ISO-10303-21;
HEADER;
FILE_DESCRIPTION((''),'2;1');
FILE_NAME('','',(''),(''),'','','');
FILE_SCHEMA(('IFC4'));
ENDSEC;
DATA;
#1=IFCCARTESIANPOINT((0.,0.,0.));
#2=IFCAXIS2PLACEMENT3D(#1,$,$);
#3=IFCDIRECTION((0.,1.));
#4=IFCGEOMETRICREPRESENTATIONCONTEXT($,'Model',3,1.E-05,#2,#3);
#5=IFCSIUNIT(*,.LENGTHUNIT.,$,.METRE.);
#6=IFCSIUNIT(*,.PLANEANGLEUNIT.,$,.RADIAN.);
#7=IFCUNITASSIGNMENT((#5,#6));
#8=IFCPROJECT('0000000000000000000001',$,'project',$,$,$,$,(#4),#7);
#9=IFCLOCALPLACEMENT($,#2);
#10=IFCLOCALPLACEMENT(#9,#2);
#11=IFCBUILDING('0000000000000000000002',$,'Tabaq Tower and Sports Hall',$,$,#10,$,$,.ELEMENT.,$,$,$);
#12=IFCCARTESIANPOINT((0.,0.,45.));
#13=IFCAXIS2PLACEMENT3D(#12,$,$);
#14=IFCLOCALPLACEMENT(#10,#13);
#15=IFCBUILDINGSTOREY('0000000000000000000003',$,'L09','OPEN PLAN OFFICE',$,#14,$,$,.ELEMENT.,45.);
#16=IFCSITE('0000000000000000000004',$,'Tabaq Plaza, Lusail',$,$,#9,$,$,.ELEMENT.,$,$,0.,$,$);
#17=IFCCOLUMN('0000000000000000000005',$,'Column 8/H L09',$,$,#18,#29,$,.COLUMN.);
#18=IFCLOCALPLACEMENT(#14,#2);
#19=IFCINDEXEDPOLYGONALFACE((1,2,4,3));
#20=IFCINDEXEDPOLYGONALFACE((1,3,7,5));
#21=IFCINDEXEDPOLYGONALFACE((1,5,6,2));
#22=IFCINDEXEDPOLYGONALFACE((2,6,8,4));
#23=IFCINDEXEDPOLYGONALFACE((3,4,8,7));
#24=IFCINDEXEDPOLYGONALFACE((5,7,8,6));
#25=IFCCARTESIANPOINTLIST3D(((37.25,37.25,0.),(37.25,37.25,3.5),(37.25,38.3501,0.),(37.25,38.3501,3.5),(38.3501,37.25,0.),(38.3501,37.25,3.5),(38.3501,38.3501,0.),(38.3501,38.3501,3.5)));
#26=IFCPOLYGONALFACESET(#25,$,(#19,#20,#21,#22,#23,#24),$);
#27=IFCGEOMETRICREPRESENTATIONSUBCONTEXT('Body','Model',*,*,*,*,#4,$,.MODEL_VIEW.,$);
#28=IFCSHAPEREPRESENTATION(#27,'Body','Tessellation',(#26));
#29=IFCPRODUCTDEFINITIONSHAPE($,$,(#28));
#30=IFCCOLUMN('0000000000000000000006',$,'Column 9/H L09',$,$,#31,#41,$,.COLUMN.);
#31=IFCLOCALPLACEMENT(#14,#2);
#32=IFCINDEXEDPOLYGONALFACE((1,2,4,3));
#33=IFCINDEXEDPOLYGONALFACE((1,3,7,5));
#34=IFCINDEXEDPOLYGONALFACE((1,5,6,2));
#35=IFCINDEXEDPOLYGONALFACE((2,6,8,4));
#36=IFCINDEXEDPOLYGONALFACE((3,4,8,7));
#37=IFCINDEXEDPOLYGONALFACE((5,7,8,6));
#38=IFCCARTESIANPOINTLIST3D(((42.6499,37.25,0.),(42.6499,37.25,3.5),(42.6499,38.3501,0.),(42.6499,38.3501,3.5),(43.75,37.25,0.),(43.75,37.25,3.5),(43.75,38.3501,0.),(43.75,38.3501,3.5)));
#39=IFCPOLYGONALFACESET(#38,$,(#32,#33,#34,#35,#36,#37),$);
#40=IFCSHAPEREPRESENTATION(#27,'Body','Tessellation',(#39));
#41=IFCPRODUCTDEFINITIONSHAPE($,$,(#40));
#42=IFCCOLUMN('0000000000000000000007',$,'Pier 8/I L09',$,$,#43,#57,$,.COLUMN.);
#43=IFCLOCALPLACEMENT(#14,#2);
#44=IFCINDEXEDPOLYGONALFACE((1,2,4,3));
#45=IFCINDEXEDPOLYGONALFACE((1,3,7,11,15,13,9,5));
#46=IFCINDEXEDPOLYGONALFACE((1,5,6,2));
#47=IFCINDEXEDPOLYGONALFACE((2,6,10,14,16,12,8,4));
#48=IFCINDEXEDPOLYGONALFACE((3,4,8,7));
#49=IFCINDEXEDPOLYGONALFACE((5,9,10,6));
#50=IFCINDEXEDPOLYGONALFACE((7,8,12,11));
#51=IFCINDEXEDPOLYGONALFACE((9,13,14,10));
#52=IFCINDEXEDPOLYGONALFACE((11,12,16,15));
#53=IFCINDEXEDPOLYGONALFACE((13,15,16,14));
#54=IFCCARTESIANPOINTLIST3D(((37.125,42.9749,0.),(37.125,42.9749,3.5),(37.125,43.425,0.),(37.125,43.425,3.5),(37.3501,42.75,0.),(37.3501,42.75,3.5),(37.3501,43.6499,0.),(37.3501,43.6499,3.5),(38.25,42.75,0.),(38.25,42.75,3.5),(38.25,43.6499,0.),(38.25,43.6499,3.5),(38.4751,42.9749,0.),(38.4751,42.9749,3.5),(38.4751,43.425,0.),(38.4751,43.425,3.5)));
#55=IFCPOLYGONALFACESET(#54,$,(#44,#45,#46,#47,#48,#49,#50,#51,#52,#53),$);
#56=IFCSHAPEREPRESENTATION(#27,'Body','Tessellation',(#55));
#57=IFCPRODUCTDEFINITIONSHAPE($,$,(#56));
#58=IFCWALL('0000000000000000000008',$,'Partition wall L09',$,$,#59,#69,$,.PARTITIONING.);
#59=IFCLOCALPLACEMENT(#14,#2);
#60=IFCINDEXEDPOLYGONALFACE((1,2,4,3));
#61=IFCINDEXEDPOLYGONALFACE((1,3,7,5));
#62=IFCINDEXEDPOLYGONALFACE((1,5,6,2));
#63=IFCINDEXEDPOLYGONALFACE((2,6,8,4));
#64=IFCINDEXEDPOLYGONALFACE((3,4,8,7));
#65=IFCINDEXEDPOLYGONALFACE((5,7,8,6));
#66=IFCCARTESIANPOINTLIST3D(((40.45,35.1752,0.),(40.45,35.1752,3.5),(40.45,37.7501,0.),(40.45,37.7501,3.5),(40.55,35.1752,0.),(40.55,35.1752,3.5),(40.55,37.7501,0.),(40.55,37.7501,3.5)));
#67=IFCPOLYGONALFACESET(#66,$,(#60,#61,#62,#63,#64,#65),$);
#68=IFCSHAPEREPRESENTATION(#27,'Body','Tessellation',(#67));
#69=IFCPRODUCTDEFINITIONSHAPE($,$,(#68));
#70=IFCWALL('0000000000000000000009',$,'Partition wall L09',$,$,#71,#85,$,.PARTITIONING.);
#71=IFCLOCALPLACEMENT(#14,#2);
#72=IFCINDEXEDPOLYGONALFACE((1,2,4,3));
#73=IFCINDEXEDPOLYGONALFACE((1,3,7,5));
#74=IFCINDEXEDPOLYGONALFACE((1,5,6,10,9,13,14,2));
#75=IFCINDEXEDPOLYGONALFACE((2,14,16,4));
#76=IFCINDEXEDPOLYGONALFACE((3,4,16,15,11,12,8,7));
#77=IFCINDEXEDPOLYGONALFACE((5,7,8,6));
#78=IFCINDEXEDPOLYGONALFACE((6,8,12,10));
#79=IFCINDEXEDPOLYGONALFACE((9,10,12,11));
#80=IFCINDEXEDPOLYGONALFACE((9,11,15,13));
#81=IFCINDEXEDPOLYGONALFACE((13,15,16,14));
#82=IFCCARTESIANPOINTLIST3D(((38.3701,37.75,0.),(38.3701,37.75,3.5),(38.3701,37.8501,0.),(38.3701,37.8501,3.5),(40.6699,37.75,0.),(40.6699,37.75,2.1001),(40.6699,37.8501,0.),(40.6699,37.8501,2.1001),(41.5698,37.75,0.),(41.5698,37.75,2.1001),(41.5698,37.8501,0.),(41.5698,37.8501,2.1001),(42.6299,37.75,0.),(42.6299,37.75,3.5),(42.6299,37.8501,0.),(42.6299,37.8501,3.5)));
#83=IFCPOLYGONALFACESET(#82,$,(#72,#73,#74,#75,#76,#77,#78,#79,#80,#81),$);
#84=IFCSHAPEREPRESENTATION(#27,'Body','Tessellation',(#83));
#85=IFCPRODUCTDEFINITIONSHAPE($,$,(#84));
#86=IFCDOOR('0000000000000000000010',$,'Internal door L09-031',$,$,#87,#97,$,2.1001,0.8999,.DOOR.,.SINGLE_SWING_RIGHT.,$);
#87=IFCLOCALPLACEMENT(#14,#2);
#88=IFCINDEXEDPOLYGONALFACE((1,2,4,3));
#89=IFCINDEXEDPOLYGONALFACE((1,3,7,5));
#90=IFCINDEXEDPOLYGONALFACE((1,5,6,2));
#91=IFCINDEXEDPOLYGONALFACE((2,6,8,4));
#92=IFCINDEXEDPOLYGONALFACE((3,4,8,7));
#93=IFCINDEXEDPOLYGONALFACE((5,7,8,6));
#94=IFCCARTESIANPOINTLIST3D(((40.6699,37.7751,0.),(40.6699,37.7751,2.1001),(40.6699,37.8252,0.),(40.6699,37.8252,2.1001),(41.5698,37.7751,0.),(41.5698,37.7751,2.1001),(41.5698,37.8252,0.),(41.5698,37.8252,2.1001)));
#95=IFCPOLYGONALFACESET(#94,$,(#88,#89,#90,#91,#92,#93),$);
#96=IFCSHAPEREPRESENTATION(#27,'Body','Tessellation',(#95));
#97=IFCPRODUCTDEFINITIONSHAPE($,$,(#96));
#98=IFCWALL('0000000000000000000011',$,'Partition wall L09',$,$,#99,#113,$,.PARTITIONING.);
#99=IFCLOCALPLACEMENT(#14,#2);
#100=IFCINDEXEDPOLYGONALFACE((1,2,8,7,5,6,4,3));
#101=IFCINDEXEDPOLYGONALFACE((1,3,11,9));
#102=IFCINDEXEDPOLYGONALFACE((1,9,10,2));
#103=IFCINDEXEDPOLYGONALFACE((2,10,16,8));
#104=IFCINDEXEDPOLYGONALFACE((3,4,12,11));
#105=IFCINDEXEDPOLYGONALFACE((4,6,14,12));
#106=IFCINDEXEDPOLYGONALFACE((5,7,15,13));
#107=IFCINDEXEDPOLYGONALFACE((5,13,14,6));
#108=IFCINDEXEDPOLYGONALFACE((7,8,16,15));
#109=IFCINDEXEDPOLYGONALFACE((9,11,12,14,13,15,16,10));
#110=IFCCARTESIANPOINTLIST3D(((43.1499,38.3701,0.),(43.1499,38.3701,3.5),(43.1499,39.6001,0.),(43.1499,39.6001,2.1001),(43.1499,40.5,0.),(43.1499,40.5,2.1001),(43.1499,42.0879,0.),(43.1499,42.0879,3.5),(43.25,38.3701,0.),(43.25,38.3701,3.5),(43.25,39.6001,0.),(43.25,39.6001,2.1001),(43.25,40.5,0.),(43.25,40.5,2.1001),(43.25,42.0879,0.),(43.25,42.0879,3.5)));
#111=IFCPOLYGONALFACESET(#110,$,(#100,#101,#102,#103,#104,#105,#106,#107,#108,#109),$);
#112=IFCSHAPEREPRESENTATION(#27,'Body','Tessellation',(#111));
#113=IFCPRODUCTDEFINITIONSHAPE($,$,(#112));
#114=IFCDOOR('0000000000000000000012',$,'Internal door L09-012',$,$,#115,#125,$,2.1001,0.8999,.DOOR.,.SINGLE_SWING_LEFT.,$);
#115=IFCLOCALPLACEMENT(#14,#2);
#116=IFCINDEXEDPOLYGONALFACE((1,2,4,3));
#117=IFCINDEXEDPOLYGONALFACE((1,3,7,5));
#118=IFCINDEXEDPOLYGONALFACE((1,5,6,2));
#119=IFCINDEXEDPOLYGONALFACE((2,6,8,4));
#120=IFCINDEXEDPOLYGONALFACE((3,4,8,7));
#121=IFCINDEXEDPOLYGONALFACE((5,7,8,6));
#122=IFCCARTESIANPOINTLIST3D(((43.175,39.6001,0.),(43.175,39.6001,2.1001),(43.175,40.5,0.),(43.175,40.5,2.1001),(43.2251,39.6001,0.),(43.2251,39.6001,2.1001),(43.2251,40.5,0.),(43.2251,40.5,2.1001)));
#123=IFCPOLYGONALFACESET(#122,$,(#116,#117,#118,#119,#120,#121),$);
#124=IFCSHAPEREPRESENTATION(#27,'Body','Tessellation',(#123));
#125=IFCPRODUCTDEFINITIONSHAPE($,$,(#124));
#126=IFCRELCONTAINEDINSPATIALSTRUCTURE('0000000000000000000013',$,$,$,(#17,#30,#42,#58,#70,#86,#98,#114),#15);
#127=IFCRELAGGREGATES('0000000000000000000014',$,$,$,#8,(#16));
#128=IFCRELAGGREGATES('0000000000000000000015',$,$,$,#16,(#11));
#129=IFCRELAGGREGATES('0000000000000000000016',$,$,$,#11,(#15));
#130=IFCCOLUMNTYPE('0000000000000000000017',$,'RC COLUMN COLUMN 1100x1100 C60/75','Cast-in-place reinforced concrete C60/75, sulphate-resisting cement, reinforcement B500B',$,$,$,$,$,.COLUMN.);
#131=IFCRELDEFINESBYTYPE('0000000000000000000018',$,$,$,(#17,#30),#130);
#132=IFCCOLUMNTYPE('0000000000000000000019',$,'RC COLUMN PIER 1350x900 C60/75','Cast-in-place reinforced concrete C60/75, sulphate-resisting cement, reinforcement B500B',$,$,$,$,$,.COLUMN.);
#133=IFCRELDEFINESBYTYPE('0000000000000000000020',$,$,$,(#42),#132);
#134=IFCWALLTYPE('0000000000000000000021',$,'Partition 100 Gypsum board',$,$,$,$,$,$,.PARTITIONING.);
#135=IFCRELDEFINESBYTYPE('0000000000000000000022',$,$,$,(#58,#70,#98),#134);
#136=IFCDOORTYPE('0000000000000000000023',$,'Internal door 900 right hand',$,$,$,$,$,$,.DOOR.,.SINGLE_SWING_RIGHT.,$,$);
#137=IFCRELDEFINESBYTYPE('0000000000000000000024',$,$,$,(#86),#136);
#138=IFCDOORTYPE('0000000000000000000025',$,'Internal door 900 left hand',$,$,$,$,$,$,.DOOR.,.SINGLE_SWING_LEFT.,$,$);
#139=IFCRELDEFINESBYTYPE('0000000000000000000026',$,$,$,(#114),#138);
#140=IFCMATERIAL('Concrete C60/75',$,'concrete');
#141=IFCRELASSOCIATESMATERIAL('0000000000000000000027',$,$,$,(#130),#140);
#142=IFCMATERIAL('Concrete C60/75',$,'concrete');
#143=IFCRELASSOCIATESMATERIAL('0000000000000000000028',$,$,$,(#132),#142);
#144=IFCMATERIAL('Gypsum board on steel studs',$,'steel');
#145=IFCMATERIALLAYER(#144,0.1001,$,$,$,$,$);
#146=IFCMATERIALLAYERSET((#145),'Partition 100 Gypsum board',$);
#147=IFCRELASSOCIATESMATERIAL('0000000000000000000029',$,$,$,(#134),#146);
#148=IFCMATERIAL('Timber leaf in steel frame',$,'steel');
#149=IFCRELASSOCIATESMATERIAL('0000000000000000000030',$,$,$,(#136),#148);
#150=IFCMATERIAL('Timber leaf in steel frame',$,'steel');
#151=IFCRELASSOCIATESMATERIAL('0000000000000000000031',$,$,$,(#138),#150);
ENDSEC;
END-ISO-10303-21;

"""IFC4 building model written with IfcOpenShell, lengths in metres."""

from ifc_helpers import new_model, si_unit, direction, frame, frame_2d, origin, origin_2d, place, context, subcontext, project, spatial, polyline, rectangle, outline, extrude, material, layer, layer_set, material_profile, profile_set, type_object, element, fill, save


model = new_model("IFC4")

# Units and contexts
model_context = context("Model", 3, precision=1e-05, world=origin(), true_north=direction((0.0, 1.0)))
body_context = subcontext(model_context, "Body", "Model", "MODEL_VIEW")
ifc_project = project(units=[si_unit("LENGTHUNIT", "METRE"), si_unit("PLANEANGLEUNIT", "RADIAN")], contexts=[model_context])

# Site, building, storey
site_placement = place(None, origin())
site = spatial("IfcSite", under=ifc_project, at=site_placement, Name="Tabaq Plaza, Lusail", CompositionType="ELEMENT", RefElevation=0.0)
building_placement = place(site_placement, origin())
building = spatial("IfcBuilding", under=site, at=building_placement, Name="Tabaq Tower and Sports Hall", CompositionType="ELEMENT")
storey_placement = place(building_placement, frame((0.0, 0.0, 45.0)))
storey = spatial("IfcBuildingStorey", under=building, at=storey_placement, Name="L09", Description="OPEN PLAN OFFICE", CompositionType="ELEMENT", Elevation=45.0)

# Columns
ifc_material_1 = material(Name="Concrete C60/75", Category="concrete")
ifc_material_profile_1 = material_profile(ifc_material_1, rectangle(XDim=1.1001, YDim=1.1001, at=origin_2d()), Name="COLUMN 1100x1100")
ifc_profile_set_1 = profile_set([ifc_material_profile_1], Name="Concrete C60/75")
column_type_1 = type_object("IfcColumnType", Name="RC COLUMN COLUMN 1100x1100 C60/75", Description="Cast-in-place reinforced concrete C60/75, sulphate-resisting cement, reinforcement B500B", PredefinedType="COLUMN", material=ifc_profile_set_1)
for number, where, z_axis, x_axis, name in (
    (1, (37.8, 37.8, 0.0), (0.0, 0.0, 1.0), (1.0, 0.0, 0.0), "Column 8/H L09"),
    (2, (43.2, 37.8, 0.0), (0.0, 0.0, 1.0), (1.0, 0.0, 0.0), "Column 9/H L09"),
):
    element("IfcColumn", number, at=place(storey_placement, frame(where, z_axis=z_axis, x_axis=x_axis)), inside=storey, type_object=column_type_1, Name=name, PredefinedType="COLUMN", context=body_context, shape_type="SweptSolid", body=[
        extrude(rectangle(XDim=1.1001, YDim=1.1001, at=origin_2d()), origin(), (0.0, 0.0, 1.0), 3.5),
    ])
ifc_material_2 = material(Name="Concrete C60/75", Category="concrete")
ifc_material_profile_2 = material_profile(ifc_material_2, outline(polyline([(-0.45, -0.45), (0.45, -0.45), (0.675, -0.2251), (0.675, 0.2251), (0.45, 0.45), (-0.45, 0.45), (-0.675, 0.2251), (-0.675, -0.2251), (-0.45, -0.45)])), Name="PIER 1350x900")
ifc_profile_set_2 = profile_set([ifc_material_profile_2], Name="Concrete C60/75")
column_type_2 = type_object("IfcColumnType", Name="RC COLUMN PIER 1350x900 C60/75", Description="Cast-in-place reinforced concrete C60/75, sulphate-resisting cement, reinforcement B500B", PredefinedType="COLUMN", material=ifc_profile_set_2)
column_placement = place(storey_placement, frame((37.8, 43.2, 0.0), z_axis=(0.0, 0.0, 1.0), x_axis=(1.0, 0.0, 0.0)))
element("IfcColumn", 3, at=column_placement, inside=storey, type_object=column_type_2, Name="Pier 8/I L09", PredefinedType="COLUMN", context=body_context, shape_type="SweptSolid", body=[
    extrude(outline(polyline([(-0.45, -0.45), (0.45, -0.45), (0.675, -0.2251), (0.675, 0.2251), (0.45, 0.45), (-0.45, 0.45), (-0.675, 0.2251), (-0.675, -0.2251), (-0.45, -0.45)])), origin(), (0.0, 0.0, 1.0), 3.5),
])

# Wall
ifc_material_3 = material(Name="Gypsum board on steel studs", Category="steel")
ifc_layer_1 = layer(ifc_material_3, 0.1001)
ifc_layer_set_1 = layer_set([ifc_layer_1], Name="Partition 100 Gypsum board")
wall_type_1 = type_object("IfcWallType", Name="Partition 100 Gypsum board", PredefinedType="PARTITIONING", material=ifc_layer_set_1)
wall_1_placement = place(storey_placement, frame((40.5, 35.175, 0.0), z_axis=(0.0, 0.0, 1.0), x_axis=(0.0, 1.0, 0.0)))
element("IfcWall", 4, at=wall_1_placement, inside=storey, type_object=wall_type_1, Name="Partition wall L09", PredefinedType="PARTITIONING", context=body_context, shape_type="SweptSolid", body=[
    extrude(rectangle(XDim=2.575, YDim=0.1001, at=frame_2d((1.2876, 0.0))), origin(), (0.0, 0.0, 1.0), 3.5),
])

# Walls, openings, doors
wall_2_placement = place(storey_placement, frame((42.6299, 37.8, 0.0), z_axis=(0.0, 0.0, 1.0), x_axis=(-1.0, 0.0, 0.0)))
wall_2 = element("IfcWall", 5, at=wall_2_placement, inside=storey, type_object=wall_type_1, Name="Partition wall L09", PredefinedType="PARTITIONING", context=body_context, shape_type="SweptSolid", body=[
    extrude(rectangle(XDim=4.2598, YDim=0.1001, at=frame_2d((2.1299, 0.0))), origin(), (0.0, 0.0, 1.0), 3.5),
])
opening_1_placement = place(wall_2_placement, frame((1.0601, 0.0, 0.0)))
opening_1 = element("IfcOpeningElement", 6, at=opening_1_placement, cuts=wall_2, PredefinedType="OPENING", context=body_context, shape_type="SweptSolid", body=[
    extrude(rectangle(XDim=0.8999, YDim=2.1001, at=frame_2d((0.45, 1.05))), frame((0.0, 0.05, 0.0), z_axis=(0.0, -1.0, 0.0), x_axis=(1.0, 0.0, 0.0)), (0.0, 0.0, 1.0), 0.1001),
])
ifc_material_4 = material(Name="Timber leaf in steel frame", Category="steel")
door_type_1 = type_object("IfcDoorType", Name="Internal door 900 right hand", OperationType="SINGLE_SWING_RIGHT", PredefinedType="DOOR", material=ifc_material_4)
door_1_placement = place(opening_1_placement, origin())
door_1 = element("IfcDoor", 7, at=door_1_placement, inside=storey, type_object=door_type_1, Name="Internal door L09-031", OperationType="SINGLE_SWING_RIGHT", OverallHeight=2.1001, OverallWidth=0.8999, PredefinedType="DOOR", context=body_context, shape_type="SweptSolid", body=[
    extrude(rectangle(XDim=0.8999, YDim=2.1001, at=frame_2d((0.45, 1.05))), frame((0.0, 0.0249, 0.0), z_axis=(0.0, -1.0, 0.0), x_axis=(1.0, 0.0, 0.0)), (0.0, 0.0, 1.0), 0.05),
])
fill(opening_1, door_1)
wall_3_placement = place(storey_placement, frame((43.2, 38.3701, 0.0), z_axis=(0.0, 0.0, 1.0), x_axis=(0.0, 1.0, 0.0)))
wall_3 = element("IfcWall", 8, at=wall_3_placement, inside=storey, type_object=wall_type_1, Name="Partition wall L09", PredefinedType="PARTITIONING", context=body_context, shape_type="SweptSolid", body=[
    extrude(rectangle(XDim=3.7178, YDim=0.1001, at=frame_2d((1.8589, 0.0))), origin(), (0.0, 0.0, 1.0), 3.5),
])
opening_2_placement = place(wall_3_placement, frame((1.23, 0.0, 0.0)))
opening_2 = element("IfcOpeningElement", 9, at=opening_2_placement, cuts=wall_3, PredefinedType="OPENING", context=body_context, shape_type="SweptSolid", body=[
    extrude(rectangle(XDim=0.8999, YDim=2.1001, at=frame_2d((0.45, 1.05))), frame((0.0, 0.05, 0.0), z_axis=(0.0, -1.0, 0.0), x_axis=(1.0, 0.0, 0.0)), (0.0, 0.0, 1.0), 0.1001),
])
ifc_material_5 = material(Name="Timber leaf in steel frame", Category="steel")
door_type_2 = type_object("IfcDoorType", Name="Internal door 900 left hand", OperationType="SINGLE_SWING_LEFT", PredefinedType="DOOR", material=ifc_material_5)
door_2_placement = place(opening_2_placement, origin())
door_2 = element("IfcDoor", 10, at=door_2_placement, inside=storey, type_object=door_type_2, Name="Internal door L09-012", OperationType="SINGLE_SWING_LEFT", OverallHeight=2.1001, OverallWidth=0.8999, PredefinedType="DOOR", context=body_context, shape_type="SweptSolid", body=[
    extrude(rectangle(XDim=0.8999, YDim=2.1001, at=frame_2d((0.45, 1.05))), frame((0.0, 0.0249, 0.0), z_axis=(0.0, -1.0, 0.0), x_axis=(1.0, 0.0, 0.0)), (0.0, 0.0, 1.0), 0.05),
])
fill(opening_2, door_2)

save(model, "model.ifc")
